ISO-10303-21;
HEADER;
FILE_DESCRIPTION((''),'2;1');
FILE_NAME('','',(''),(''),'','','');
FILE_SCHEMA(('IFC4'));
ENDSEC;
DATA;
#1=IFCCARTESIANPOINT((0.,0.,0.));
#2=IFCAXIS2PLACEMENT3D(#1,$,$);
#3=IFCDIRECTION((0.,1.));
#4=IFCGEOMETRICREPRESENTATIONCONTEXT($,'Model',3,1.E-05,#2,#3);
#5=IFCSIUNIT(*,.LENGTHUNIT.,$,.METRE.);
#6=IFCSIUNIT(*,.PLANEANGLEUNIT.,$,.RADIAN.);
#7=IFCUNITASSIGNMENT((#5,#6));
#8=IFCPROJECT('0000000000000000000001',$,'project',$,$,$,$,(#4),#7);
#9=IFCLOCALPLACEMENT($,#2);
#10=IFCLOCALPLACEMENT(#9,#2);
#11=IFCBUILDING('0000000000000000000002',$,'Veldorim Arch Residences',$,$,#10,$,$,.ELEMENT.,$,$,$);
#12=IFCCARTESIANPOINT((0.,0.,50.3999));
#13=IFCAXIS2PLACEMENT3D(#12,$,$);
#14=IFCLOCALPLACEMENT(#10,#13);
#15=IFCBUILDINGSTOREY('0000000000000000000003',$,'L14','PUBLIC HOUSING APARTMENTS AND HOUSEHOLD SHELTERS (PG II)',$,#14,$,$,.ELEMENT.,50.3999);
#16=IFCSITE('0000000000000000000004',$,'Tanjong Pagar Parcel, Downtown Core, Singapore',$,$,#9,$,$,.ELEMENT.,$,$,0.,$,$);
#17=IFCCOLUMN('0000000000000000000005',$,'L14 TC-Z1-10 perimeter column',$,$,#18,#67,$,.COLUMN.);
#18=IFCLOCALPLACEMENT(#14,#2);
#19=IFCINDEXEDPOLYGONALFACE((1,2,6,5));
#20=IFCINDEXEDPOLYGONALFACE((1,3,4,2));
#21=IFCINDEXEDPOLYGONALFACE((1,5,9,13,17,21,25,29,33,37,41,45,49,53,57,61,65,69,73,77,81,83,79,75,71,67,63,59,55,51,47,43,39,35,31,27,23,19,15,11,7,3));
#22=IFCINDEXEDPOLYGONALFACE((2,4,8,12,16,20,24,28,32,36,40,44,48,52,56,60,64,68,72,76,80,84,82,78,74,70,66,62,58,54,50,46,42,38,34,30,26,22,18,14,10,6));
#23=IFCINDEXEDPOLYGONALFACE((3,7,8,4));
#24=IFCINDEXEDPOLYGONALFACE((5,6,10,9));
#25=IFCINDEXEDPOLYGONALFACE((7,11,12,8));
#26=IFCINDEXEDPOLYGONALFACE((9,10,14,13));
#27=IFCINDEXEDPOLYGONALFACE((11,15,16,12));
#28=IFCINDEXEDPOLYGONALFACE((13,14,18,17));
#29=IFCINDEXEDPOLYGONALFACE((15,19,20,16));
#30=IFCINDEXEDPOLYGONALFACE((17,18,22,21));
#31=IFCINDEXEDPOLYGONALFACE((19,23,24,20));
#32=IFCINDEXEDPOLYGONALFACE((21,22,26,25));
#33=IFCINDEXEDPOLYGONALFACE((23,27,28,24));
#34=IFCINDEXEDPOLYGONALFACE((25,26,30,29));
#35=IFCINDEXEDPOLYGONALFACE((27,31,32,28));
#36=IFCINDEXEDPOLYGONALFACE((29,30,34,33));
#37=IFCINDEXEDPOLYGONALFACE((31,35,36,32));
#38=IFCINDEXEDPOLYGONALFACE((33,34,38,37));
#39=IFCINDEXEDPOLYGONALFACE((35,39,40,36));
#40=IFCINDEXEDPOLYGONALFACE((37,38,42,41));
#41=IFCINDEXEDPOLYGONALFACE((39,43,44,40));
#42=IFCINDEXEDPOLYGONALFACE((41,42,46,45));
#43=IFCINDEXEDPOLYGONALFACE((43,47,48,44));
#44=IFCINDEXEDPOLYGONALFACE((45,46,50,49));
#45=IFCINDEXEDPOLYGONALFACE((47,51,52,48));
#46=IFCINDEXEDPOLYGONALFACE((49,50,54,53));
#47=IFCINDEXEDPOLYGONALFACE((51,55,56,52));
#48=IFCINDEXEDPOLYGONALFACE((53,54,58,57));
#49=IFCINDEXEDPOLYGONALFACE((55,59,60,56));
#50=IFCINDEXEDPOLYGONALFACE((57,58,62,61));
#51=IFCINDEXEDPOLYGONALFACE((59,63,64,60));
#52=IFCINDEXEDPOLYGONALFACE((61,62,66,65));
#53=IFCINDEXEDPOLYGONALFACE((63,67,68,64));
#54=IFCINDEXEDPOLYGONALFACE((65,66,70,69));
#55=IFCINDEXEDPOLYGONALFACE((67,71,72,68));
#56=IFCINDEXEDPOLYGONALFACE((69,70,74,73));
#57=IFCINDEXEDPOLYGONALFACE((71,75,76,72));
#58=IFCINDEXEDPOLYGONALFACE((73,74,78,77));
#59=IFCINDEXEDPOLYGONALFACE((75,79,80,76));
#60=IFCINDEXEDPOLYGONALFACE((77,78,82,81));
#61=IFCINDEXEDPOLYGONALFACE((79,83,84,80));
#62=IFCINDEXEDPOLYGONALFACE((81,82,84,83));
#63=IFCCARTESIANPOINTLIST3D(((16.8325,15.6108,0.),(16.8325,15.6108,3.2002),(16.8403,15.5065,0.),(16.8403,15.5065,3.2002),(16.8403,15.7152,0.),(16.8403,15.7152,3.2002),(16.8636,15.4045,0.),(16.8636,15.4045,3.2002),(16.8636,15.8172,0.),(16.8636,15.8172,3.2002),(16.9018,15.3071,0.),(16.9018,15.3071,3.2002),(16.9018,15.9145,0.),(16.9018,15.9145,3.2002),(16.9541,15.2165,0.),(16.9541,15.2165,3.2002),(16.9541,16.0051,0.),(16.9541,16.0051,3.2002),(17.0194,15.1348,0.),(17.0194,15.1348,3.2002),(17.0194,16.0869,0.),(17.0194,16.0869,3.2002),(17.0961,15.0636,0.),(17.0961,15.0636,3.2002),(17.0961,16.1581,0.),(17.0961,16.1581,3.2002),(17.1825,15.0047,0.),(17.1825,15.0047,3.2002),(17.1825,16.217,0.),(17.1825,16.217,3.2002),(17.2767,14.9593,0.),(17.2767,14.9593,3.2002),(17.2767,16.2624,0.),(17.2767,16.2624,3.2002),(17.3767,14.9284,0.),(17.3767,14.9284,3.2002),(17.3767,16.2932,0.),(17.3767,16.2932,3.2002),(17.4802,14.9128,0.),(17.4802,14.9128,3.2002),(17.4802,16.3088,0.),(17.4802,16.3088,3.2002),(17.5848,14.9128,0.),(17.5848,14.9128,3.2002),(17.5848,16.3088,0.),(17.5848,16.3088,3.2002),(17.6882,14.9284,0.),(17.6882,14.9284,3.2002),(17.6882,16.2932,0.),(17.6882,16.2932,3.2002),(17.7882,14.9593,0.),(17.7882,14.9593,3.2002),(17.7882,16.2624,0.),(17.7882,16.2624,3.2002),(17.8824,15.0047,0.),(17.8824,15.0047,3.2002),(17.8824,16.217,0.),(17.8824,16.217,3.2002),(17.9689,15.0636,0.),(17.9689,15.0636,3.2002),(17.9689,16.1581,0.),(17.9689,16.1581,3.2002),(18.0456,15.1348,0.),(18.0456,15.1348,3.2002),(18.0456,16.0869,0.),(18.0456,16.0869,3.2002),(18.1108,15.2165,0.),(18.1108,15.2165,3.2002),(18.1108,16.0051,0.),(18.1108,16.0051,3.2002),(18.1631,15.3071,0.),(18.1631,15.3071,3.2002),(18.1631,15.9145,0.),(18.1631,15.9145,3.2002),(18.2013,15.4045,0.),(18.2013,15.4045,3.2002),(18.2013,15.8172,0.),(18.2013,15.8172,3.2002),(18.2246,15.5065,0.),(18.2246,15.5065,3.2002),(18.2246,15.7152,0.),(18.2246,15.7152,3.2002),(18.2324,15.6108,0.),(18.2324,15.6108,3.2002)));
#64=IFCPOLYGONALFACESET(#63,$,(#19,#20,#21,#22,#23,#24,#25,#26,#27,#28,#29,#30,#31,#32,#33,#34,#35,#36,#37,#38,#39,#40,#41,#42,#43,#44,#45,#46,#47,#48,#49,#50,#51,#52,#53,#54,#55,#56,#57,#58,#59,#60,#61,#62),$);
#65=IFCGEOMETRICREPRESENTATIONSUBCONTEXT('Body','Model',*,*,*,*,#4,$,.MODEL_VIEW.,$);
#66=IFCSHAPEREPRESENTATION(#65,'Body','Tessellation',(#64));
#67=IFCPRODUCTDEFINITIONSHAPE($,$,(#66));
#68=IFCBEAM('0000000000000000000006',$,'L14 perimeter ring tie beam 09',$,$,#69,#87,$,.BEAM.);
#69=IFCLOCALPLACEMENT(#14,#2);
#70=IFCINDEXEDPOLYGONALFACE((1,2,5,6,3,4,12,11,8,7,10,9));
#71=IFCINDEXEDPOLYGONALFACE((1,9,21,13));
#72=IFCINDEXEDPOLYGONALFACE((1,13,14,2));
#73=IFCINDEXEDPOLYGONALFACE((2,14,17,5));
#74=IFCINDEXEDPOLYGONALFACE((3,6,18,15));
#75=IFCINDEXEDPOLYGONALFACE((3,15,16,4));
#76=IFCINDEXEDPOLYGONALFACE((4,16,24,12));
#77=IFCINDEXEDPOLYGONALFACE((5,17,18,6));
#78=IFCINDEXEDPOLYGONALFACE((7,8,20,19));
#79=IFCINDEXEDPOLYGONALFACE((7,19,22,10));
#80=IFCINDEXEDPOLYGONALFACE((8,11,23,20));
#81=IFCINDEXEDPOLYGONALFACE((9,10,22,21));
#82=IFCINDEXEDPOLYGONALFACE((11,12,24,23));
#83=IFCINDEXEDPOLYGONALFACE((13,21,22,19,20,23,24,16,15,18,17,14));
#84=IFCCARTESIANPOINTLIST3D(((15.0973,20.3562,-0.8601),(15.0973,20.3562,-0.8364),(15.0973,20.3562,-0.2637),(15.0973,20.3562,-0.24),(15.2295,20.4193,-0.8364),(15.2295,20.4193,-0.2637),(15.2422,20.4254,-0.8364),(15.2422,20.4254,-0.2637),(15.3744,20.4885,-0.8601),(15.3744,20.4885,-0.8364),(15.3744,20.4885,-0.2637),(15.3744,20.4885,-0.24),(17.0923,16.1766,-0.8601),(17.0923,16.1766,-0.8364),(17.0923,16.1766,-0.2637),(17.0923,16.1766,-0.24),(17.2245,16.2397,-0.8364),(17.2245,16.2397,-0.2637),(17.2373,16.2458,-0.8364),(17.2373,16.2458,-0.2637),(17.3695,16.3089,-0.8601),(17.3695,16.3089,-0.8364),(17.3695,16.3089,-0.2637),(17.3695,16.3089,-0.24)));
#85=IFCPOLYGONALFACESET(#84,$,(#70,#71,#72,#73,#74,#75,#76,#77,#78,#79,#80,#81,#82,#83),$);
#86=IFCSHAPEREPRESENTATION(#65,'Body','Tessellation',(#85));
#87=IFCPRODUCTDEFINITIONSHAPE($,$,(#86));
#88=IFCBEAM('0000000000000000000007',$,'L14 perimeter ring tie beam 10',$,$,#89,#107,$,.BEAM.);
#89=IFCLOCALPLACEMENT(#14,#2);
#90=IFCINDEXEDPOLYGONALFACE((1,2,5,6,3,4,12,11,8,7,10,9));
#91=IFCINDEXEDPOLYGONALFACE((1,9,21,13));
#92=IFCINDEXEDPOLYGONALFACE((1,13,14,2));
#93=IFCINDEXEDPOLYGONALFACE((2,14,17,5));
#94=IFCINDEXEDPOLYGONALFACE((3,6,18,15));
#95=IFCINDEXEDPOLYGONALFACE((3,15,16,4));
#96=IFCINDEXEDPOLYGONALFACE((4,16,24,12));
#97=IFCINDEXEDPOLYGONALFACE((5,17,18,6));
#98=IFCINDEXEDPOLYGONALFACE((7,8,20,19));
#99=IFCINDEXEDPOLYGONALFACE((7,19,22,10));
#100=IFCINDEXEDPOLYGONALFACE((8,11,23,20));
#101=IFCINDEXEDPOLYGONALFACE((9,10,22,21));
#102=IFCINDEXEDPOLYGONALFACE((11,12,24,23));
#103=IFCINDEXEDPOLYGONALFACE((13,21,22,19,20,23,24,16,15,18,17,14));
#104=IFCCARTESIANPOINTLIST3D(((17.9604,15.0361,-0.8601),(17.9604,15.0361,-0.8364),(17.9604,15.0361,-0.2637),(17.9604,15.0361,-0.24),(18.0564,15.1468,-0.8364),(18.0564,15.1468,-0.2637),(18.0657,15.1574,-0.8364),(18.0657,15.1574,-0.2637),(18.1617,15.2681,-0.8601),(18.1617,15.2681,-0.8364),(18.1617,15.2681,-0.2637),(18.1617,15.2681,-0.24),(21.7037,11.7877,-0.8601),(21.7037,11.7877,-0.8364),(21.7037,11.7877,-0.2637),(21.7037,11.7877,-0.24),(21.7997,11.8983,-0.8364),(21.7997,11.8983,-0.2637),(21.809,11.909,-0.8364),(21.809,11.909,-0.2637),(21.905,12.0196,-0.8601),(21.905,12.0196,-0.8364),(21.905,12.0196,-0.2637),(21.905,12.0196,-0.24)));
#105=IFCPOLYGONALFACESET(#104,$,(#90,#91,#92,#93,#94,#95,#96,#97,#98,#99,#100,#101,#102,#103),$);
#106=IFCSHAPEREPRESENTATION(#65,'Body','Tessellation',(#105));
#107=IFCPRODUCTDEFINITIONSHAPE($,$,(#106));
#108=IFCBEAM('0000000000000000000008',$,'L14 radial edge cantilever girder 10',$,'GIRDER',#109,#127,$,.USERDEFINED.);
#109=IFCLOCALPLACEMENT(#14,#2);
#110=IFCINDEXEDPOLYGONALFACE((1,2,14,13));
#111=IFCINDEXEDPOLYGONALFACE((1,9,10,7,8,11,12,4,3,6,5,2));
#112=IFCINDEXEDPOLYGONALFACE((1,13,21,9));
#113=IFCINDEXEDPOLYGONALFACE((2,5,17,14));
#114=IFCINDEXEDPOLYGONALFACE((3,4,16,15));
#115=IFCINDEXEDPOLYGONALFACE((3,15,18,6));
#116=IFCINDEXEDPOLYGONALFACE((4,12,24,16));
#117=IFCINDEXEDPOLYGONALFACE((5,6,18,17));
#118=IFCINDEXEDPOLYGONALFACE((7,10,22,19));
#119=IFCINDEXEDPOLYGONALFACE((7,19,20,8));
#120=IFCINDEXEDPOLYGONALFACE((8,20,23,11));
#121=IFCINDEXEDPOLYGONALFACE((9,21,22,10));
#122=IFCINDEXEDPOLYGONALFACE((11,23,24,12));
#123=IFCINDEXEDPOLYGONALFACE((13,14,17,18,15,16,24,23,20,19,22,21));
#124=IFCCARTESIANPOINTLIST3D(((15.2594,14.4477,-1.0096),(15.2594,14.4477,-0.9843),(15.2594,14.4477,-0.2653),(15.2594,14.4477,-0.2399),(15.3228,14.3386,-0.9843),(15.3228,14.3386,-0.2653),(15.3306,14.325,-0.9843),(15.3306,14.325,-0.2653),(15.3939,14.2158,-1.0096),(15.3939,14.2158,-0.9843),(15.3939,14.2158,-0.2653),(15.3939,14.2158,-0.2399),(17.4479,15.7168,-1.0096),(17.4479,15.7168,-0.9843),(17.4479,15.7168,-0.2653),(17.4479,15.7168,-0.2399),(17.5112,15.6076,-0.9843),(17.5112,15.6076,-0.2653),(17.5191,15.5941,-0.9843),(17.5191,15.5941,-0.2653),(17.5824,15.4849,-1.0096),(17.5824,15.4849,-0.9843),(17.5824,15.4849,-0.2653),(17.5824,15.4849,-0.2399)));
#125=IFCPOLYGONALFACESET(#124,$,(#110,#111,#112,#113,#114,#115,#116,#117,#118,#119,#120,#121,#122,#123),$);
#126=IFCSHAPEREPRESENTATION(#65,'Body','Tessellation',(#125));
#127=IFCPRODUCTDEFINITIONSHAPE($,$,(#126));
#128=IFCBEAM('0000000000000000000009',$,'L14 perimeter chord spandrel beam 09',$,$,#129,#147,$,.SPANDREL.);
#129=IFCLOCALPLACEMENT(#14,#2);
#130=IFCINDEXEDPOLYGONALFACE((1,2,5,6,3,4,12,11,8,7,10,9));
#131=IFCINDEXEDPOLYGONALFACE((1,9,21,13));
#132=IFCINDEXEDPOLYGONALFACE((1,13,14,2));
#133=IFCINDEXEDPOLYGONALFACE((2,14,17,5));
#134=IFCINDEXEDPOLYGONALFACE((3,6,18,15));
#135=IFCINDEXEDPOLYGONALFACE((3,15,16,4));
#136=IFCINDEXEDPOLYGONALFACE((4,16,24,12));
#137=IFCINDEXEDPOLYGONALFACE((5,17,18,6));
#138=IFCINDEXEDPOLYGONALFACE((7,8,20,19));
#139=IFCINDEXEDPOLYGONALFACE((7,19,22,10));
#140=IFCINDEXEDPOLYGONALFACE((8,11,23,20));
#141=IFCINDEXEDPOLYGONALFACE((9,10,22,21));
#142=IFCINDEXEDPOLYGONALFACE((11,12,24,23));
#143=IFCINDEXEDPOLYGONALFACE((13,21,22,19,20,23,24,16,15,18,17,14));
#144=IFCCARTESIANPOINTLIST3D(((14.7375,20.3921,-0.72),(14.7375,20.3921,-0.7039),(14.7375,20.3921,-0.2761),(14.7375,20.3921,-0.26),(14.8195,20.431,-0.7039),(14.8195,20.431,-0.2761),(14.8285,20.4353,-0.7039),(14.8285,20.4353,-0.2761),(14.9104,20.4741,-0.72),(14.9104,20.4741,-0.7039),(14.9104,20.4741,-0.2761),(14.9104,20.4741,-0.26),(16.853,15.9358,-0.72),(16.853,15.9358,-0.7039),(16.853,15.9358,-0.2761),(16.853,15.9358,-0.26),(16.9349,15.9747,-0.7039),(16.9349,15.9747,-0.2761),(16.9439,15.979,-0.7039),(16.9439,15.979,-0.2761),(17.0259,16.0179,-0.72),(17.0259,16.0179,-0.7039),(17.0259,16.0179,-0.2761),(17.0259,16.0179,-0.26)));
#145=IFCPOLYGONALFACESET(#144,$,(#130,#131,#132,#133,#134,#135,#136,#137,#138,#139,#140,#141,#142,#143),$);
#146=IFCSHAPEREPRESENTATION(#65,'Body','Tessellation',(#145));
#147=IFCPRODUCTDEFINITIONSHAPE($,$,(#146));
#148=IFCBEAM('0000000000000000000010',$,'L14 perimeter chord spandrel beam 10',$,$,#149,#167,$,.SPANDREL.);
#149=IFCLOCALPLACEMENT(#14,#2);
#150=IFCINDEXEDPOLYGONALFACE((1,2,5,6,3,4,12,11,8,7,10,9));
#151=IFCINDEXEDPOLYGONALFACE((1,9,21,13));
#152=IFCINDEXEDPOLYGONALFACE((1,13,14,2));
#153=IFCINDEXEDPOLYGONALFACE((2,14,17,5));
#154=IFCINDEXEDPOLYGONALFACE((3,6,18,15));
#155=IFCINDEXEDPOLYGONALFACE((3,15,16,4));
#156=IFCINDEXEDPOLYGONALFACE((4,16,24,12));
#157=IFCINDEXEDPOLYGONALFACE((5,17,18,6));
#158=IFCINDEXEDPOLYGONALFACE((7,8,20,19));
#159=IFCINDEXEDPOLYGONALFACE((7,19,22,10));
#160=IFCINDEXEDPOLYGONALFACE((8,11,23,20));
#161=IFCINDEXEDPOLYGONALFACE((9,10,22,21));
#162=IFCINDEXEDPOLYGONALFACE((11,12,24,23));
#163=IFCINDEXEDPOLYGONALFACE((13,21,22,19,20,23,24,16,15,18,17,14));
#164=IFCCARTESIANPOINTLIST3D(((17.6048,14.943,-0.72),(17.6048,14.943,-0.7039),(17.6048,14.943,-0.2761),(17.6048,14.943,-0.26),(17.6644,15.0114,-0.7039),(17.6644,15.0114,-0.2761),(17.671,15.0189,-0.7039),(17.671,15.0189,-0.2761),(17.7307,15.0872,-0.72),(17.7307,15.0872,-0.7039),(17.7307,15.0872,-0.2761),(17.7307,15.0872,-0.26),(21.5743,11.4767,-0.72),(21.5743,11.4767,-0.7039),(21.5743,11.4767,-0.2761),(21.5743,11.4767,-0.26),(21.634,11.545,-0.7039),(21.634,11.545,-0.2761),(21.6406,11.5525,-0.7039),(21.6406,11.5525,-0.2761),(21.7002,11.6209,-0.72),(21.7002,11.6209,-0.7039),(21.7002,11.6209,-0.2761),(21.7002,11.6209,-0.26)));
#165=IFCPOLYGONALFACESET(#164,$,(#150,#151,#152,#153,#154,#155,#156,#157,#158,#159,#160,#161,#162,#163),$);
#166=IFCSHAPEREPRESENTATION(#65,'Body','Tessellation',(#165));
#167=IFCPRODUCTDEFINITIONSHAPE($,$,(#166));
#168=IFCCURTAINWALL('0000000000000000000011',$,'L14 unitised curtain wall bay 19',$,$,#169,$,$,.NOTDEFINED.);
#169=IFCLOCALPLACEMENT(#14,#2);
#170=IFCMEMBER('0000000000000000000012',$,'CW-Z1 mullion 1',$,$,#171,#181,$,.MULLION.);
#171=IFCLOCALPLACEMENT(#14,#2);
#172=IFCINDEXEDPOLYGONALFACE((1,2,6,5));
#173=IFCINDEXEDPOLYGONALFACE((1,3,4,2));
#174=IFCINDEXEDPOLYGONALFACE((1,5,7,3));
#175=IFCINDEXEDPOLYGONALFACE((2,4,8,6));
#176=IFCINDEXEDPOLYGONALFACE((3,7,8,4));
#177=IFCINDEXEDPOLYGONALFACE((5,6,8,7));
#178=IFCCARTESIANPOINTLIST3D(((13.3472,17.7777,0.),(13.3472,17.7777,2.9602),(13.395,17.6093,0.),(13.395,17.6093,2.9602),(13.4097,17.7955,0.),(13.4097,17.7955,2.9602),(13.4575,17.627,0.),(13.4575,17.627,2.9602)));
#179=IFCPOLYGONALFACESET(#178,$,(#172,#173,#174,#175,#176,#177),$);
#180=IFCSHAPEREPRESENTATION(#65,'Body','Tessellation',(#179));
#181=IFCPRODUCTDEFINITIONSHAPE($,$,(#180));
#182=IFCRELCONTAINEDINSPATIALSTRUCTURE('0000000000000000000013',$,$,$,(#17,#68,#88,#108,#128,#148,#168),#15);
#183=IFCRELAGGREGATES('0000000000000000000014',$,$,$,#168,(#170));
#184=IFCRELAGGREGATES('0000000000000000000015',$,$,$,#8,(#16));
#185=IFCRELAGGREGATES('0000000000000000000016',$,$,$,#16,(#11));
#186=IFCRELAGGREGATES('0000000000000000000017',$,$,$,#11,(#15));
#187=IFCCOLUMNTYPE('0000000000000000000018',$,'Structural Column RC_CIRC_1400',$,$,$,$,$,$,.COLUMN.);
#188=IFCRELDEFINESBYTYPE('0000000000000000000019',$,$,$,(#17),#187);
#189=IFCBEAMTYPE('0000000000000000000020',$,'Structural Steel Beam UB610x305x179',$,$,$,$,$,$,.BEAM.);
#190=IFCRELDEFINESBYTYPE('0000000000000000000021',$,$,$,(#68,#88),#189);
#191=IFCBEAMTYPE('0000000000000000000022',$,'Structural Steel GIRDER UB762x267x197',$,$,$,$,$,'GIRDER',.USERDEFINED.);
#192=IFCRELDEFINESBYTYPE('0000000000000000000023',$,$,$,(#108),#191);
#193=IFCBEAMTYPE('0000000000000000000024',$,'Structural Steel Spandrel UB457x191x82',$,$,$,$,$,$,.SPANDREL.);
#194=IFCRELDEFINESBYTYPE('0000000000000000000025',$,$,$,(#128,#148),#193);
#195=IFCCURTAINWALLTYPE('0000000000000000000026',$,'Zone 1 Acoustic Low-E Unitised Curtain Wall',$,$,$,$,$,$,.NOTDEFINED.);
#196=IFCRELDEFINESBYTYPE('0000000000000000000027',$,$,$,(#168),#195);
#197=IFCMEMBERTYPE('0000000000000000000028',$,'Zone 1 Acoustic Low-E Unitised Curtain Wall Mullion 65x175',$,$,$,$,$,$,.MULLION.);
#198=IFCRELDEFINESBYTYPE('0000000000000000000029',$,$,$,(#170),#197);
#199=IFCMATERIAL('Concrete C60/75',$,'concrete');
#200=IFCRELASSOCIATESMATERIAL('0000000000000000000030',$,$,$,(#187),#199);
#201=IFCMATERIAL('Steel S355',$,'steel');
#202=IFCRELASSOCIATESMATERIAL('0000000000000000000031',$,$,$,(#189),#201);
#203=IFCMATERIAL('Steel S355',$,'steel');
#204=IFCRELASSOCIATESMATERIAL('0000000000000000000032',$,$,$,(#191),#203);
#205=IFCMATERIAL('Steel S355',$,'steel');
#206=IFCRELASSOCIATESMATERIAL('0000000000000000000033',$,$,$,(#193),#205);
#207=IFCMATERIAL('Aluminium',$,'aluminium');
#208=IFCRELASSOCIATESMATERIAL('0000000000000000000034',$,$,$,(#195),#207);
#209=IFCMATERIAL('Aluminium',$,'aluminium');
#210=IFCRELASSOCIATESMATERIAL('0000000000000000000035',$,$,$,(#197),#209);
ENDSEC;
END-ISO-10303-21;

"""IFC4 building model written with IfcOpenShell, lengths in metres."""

from ifc_helpers import new_model, si_unit, direction, frame, origin, origin_2d, place, context, subcontext, project, spatial, rectangle, circle, i_section, extrude, material, material_profile, profile_set, type_object, element, aggregate, save


model = new_model("IFC4")

# Units and contexts
model_context = context("Model", 3, precision=1e-05, world=origin(), true_north=direction((0.0, 1.0)))
body_context = subcontext(model_context, "Body", "Model", "MODEL_VIEW")
ifc_project = project(units=[si_unit("LENGTHUNIT", "METRE"), si_unit("PLANEANGLEUNIT", "RADIAN")], contexts=[model_context])

# Site, building, storey
site_placement = place(None, origin())
site = spatial("IfcSite", under=ifc_project, at=site_placement, Name="Tanjong Pagar Parcel, Downtown Core, Singapore", CompositionType="ELEMENT", RefElevation=0.0)
building_placement = place(site_placement, origin())
building = spatial("IfcBuilding", under=site, at=building_placement, Name="Veldorim Arch Residences", CompositionType="ELEMENT")
storey_placement = place(building_placement, frame((0.0, 0.0, 50.3999)))
storey = spatial("IfcBuildingStorey", under=building, at=storey_placement, Name="L14", Description="PUBLIC HOUSING APARTMENTS AND HOUSEHOLD SHELTERS (PG II)", CompositionType="ELEMENT", Elevation=50.3999)

# Column
ifc_material_1 = material(Name="Concrete C60/75", Category="concrete")
ifc_material_profile_1 = material_profile(ifc_material_1, circle(Radius=0.7, at=origin_2d()), Name="RC_CIRC_1400")
ifc_profile_set_1 = profile_set([ifc_material_profile_1], Name="Concrete C60/75")
column_type = type_object("IfcColumnType", Name="Structural Column RC_CIRC_1400", PredefinedType="COLUMN", material=ifc_profile_set_1)
column_placement = place(storey_placement, frame((17.5325, 15.6108, 0.0), z_axis=(0.0, 0.0, 1.0), x_axis=(1.0, 0.0, 0.0)))
element("IfcColumn", 1, at=column_placement, inside=storey, type_object=column_type, Name="L14 TC-Z1-10 perimeter column", PredefinedType="COLUMN", context=body_context, shape_type="SweptSolid", body=[
    extrude(circle(Radius=0.7, at=origin_2d()), origin(), (0.0, 0.0, 1.0), 3.2002),
])

# Beams
ifc_material_2 = material(Name="Steel S355", Category="steel")
ifc_material_profile_2 = material_profile(ifc_material_2, i_section(OverallWidth=0.3071, OverallDepth=0.6201, WebThickness=0.0142, FlangeThickness=0.0237, at=origin_2d()), Name="UB610x305x179")
ifc_profile_set_2 = profile_set([ifc_material_profile_2], Name="Steel S355")
beam_type_1 = type_object("IfcBeamType", Name="Structural Steel Beam UB610x305x179", PredefinedType="BEAM", material=ifc_profile_set_2)
beam_1_placement = place(storey_placement, frame((15.2358, 20.4224, -0.55), z_axis=(0.430776, -0.902459, 0.0), x_axis=(0.902459, 0.430776, 0.0)))
element("IfcBeam", 2, at=beam_1_placement, inside=storey, type_object=beam_type_1, Name="L14 perimeter ring tie beam 09", PredefinedType="BEAM", context=body_context, shape_type="SweptSolid", body=[
    extrude(i_section(OverallWidth=0.3071, OverallDepth=0.6201, WebThickness=0.0142, FlangeThickness=0.0237, at=origin_2d()), origin(), (0.0, 0.0, 1.0), 4.6313),
])
beam_2_placement = place(storey_placement, frame((18.061, 15.1521, -0.55), z_axis=(0.755265, -0.65542, 0.0), x_axis=(0.65542, 0.755265, 0.0)))
element("IfcBeam", 3, at=beam_2_placement, inside=storey, type_object=beam_type_1, Name="L14 perimeter ring tie beam 10", PredefinedType="BEAM", context=body_context, shape_type="SweptSolid", body=[
    extrude(i_section(OverallWidth=0.3071, OverallDepth=0.6201, WebThickness=0.0142, FlangeThickness=0.0237, at=origin_2d()), origin(), (0.0, 0.0, 1.0), 4.9563),
])
ifc_material_3 = material(Name="Steel S355", Category="steel")
ifc_material_profile_3 = material_profile(ifc_material_3, i_section(OverallWidth=0.2681, OverallDepth=0.7698, WebThickness=0.0156, FlangeThickness=0.0254, at=origin_2d()), Name="UB762x267x197")
ifc_profile_set_3 = profile_set([ifc_material_profile_3], Name="Steel S355")
beam_type_2 = type_object("IfcBeamType", Name="Structural Steel GIRDER UB762x267x197", ElementType="GIRDER", PredefinedType="USERDEFINED", material=ifc_profile_set_3)
beam_3_placement = place(storey_placement, frame((17.5151, 15.6008, -0.6248), z_axis=(-0.865078, -0.501637, 0.0), x_axis=(0.501637, -0.865078, 0.0)))
element("IfcBeam", 4, at=beam_3_placement, inside=storey, type_object=beam_type_2, Name="L14 radial edge cantilever girder 10", ObjectType="GIRDER", PredefinedType="USERDEFINED", context=body_context, shape_type="SweptSolid", body=[
    extrude(i_section(OverallWidth=0.2681, OverallDepth=0.7698, WebThickness=0.0156, FlangeThickness=0.0254, at=origin_2d()), origin(), (0.0, 0.0, 1.0), 2.5298),
])
ifc_material_4 = material(Name="Steel S355", Category="steel")
ifc_material_profile_4 = material_profile(ifc_material_4, i_section(OverallWidth=0.1914, OverallDepth=0.46, WebThickness=0.01, FlangeThickness=0.0161, at=origin_2d()), Name="UB457x191x82")
ifc_profile_set_4 = profile_set([ifc_material_profile_4], Name="Steel S355")
beam_type_3 = type_object("IfcBeamType", Name="Structural Steel Spandrel UB457x191x82", PredefinedType="SPANDREL", material=ifc_profile_set_4)
beam_4_placement = place(storey_placement, frame((14.824, 20.4331, -0.49), z_axis=(0.428848, -0.903377, 0.0), x_axis=(0.903377, 0.428848, 0.0)))
element("IfcBeam", 5, at=beam_4_placement, inside=storey, type_object=beam_type_3, Name="L14 perimeter chord spandrel beam 09", PredefinedType="SPANDREL", context=body_context, shape_type="SweptSolid", body=[
    extrude(i_section(OverallWidth=0.1914, OverallDepth=0.46, WebThickness=0.01, FlangeThickness=0.0161, at=origin_2d()), origin(), (0.0, 0.0, 1.0), 4.9329),
])
beam_5_placement = place(storey_placement, frame((17.6677, 15.0151, -0.49), z_axis=(0.753234, -0.657753, 0.0), x_axis=(0.657753, 0.753234, 0.0)))
element("IfcBeam", 6, at=beam_5_placement, inside=storey, type_object=beam_type_3, Name="L14 perimeter chord spandrel beam 10", PredefinedType="SPANDREL", context=body_context, shape_type="SweptSolid", body=[
    extrude(i_section(OverallWidth=0.1914, OverallDepth=0.46, WebThickness=0.01, FlangeThickness=0.0161, at=origin_2d()), origin(), (0.0, 0.0, 1.0), 5.27),
])

# Curtain wall, member
ifc_material_5 = material(Name="Aluminium", Category="aluminium")
curtain_wall_type = type_object("IfcCurtainWallType", Name="Zone 1 Acoustic Low-E Unitised Curtain Wall", PredefinedType="NOTDEFINED", material=ifc_material_5)
curtain_wall_placement = place(storey_placement, origin())
curtain_wall = element("IfcCurtainWall", 7, at=curtain_wall_placement, inside=storey, type_object=curtain_wall_type, Name="L14 unitised curtain wall bay 19", PredefinedType="NOTDEFINED")
ifc_material_6 = material(Name="Aluminium", Category="aluminium")
ifc_material_profile_5 = material_profile(ifc_material_6, rectangle(XDim=0.0649, YDim=0.175, at=origin_2d()), Name="ALU_MUL_65x175")
ifc_profile_set_5 = profile_set([ifc_material_profile_5], Name="Aluminium")
member_type_1 = type_object("IfcMemberType", Name="Zone 1 Acoustic Low-E Unitised Curtain Wall Mullion 65x175", PredefinedType="MULLION", material=ifc_profile_set_5)
member_1_placement = place(storey_placement, frame((13.4023, 17.7024, 0.0), z_axis=(0.0, 0.0, 1.0), x_axis=(-0.962071, -0.272798, 0.0)))
member_1 = element("IfcMember", 8, at=member_1_placement, type_object=member_type_1, Name="CW-Z1 mullion 1", PredefinedType="MULLION", context=body_context, shape_type="SweptSolid", body=[
    extrude(rectangle(XDim=0.0649, YDim=0.175, at=origin_2d()), origin(), (0.0, 0.0, 1.0), 2.9602),
])
aggregate(curtain_wall, [member_1])

save(model, "model.ifc")
